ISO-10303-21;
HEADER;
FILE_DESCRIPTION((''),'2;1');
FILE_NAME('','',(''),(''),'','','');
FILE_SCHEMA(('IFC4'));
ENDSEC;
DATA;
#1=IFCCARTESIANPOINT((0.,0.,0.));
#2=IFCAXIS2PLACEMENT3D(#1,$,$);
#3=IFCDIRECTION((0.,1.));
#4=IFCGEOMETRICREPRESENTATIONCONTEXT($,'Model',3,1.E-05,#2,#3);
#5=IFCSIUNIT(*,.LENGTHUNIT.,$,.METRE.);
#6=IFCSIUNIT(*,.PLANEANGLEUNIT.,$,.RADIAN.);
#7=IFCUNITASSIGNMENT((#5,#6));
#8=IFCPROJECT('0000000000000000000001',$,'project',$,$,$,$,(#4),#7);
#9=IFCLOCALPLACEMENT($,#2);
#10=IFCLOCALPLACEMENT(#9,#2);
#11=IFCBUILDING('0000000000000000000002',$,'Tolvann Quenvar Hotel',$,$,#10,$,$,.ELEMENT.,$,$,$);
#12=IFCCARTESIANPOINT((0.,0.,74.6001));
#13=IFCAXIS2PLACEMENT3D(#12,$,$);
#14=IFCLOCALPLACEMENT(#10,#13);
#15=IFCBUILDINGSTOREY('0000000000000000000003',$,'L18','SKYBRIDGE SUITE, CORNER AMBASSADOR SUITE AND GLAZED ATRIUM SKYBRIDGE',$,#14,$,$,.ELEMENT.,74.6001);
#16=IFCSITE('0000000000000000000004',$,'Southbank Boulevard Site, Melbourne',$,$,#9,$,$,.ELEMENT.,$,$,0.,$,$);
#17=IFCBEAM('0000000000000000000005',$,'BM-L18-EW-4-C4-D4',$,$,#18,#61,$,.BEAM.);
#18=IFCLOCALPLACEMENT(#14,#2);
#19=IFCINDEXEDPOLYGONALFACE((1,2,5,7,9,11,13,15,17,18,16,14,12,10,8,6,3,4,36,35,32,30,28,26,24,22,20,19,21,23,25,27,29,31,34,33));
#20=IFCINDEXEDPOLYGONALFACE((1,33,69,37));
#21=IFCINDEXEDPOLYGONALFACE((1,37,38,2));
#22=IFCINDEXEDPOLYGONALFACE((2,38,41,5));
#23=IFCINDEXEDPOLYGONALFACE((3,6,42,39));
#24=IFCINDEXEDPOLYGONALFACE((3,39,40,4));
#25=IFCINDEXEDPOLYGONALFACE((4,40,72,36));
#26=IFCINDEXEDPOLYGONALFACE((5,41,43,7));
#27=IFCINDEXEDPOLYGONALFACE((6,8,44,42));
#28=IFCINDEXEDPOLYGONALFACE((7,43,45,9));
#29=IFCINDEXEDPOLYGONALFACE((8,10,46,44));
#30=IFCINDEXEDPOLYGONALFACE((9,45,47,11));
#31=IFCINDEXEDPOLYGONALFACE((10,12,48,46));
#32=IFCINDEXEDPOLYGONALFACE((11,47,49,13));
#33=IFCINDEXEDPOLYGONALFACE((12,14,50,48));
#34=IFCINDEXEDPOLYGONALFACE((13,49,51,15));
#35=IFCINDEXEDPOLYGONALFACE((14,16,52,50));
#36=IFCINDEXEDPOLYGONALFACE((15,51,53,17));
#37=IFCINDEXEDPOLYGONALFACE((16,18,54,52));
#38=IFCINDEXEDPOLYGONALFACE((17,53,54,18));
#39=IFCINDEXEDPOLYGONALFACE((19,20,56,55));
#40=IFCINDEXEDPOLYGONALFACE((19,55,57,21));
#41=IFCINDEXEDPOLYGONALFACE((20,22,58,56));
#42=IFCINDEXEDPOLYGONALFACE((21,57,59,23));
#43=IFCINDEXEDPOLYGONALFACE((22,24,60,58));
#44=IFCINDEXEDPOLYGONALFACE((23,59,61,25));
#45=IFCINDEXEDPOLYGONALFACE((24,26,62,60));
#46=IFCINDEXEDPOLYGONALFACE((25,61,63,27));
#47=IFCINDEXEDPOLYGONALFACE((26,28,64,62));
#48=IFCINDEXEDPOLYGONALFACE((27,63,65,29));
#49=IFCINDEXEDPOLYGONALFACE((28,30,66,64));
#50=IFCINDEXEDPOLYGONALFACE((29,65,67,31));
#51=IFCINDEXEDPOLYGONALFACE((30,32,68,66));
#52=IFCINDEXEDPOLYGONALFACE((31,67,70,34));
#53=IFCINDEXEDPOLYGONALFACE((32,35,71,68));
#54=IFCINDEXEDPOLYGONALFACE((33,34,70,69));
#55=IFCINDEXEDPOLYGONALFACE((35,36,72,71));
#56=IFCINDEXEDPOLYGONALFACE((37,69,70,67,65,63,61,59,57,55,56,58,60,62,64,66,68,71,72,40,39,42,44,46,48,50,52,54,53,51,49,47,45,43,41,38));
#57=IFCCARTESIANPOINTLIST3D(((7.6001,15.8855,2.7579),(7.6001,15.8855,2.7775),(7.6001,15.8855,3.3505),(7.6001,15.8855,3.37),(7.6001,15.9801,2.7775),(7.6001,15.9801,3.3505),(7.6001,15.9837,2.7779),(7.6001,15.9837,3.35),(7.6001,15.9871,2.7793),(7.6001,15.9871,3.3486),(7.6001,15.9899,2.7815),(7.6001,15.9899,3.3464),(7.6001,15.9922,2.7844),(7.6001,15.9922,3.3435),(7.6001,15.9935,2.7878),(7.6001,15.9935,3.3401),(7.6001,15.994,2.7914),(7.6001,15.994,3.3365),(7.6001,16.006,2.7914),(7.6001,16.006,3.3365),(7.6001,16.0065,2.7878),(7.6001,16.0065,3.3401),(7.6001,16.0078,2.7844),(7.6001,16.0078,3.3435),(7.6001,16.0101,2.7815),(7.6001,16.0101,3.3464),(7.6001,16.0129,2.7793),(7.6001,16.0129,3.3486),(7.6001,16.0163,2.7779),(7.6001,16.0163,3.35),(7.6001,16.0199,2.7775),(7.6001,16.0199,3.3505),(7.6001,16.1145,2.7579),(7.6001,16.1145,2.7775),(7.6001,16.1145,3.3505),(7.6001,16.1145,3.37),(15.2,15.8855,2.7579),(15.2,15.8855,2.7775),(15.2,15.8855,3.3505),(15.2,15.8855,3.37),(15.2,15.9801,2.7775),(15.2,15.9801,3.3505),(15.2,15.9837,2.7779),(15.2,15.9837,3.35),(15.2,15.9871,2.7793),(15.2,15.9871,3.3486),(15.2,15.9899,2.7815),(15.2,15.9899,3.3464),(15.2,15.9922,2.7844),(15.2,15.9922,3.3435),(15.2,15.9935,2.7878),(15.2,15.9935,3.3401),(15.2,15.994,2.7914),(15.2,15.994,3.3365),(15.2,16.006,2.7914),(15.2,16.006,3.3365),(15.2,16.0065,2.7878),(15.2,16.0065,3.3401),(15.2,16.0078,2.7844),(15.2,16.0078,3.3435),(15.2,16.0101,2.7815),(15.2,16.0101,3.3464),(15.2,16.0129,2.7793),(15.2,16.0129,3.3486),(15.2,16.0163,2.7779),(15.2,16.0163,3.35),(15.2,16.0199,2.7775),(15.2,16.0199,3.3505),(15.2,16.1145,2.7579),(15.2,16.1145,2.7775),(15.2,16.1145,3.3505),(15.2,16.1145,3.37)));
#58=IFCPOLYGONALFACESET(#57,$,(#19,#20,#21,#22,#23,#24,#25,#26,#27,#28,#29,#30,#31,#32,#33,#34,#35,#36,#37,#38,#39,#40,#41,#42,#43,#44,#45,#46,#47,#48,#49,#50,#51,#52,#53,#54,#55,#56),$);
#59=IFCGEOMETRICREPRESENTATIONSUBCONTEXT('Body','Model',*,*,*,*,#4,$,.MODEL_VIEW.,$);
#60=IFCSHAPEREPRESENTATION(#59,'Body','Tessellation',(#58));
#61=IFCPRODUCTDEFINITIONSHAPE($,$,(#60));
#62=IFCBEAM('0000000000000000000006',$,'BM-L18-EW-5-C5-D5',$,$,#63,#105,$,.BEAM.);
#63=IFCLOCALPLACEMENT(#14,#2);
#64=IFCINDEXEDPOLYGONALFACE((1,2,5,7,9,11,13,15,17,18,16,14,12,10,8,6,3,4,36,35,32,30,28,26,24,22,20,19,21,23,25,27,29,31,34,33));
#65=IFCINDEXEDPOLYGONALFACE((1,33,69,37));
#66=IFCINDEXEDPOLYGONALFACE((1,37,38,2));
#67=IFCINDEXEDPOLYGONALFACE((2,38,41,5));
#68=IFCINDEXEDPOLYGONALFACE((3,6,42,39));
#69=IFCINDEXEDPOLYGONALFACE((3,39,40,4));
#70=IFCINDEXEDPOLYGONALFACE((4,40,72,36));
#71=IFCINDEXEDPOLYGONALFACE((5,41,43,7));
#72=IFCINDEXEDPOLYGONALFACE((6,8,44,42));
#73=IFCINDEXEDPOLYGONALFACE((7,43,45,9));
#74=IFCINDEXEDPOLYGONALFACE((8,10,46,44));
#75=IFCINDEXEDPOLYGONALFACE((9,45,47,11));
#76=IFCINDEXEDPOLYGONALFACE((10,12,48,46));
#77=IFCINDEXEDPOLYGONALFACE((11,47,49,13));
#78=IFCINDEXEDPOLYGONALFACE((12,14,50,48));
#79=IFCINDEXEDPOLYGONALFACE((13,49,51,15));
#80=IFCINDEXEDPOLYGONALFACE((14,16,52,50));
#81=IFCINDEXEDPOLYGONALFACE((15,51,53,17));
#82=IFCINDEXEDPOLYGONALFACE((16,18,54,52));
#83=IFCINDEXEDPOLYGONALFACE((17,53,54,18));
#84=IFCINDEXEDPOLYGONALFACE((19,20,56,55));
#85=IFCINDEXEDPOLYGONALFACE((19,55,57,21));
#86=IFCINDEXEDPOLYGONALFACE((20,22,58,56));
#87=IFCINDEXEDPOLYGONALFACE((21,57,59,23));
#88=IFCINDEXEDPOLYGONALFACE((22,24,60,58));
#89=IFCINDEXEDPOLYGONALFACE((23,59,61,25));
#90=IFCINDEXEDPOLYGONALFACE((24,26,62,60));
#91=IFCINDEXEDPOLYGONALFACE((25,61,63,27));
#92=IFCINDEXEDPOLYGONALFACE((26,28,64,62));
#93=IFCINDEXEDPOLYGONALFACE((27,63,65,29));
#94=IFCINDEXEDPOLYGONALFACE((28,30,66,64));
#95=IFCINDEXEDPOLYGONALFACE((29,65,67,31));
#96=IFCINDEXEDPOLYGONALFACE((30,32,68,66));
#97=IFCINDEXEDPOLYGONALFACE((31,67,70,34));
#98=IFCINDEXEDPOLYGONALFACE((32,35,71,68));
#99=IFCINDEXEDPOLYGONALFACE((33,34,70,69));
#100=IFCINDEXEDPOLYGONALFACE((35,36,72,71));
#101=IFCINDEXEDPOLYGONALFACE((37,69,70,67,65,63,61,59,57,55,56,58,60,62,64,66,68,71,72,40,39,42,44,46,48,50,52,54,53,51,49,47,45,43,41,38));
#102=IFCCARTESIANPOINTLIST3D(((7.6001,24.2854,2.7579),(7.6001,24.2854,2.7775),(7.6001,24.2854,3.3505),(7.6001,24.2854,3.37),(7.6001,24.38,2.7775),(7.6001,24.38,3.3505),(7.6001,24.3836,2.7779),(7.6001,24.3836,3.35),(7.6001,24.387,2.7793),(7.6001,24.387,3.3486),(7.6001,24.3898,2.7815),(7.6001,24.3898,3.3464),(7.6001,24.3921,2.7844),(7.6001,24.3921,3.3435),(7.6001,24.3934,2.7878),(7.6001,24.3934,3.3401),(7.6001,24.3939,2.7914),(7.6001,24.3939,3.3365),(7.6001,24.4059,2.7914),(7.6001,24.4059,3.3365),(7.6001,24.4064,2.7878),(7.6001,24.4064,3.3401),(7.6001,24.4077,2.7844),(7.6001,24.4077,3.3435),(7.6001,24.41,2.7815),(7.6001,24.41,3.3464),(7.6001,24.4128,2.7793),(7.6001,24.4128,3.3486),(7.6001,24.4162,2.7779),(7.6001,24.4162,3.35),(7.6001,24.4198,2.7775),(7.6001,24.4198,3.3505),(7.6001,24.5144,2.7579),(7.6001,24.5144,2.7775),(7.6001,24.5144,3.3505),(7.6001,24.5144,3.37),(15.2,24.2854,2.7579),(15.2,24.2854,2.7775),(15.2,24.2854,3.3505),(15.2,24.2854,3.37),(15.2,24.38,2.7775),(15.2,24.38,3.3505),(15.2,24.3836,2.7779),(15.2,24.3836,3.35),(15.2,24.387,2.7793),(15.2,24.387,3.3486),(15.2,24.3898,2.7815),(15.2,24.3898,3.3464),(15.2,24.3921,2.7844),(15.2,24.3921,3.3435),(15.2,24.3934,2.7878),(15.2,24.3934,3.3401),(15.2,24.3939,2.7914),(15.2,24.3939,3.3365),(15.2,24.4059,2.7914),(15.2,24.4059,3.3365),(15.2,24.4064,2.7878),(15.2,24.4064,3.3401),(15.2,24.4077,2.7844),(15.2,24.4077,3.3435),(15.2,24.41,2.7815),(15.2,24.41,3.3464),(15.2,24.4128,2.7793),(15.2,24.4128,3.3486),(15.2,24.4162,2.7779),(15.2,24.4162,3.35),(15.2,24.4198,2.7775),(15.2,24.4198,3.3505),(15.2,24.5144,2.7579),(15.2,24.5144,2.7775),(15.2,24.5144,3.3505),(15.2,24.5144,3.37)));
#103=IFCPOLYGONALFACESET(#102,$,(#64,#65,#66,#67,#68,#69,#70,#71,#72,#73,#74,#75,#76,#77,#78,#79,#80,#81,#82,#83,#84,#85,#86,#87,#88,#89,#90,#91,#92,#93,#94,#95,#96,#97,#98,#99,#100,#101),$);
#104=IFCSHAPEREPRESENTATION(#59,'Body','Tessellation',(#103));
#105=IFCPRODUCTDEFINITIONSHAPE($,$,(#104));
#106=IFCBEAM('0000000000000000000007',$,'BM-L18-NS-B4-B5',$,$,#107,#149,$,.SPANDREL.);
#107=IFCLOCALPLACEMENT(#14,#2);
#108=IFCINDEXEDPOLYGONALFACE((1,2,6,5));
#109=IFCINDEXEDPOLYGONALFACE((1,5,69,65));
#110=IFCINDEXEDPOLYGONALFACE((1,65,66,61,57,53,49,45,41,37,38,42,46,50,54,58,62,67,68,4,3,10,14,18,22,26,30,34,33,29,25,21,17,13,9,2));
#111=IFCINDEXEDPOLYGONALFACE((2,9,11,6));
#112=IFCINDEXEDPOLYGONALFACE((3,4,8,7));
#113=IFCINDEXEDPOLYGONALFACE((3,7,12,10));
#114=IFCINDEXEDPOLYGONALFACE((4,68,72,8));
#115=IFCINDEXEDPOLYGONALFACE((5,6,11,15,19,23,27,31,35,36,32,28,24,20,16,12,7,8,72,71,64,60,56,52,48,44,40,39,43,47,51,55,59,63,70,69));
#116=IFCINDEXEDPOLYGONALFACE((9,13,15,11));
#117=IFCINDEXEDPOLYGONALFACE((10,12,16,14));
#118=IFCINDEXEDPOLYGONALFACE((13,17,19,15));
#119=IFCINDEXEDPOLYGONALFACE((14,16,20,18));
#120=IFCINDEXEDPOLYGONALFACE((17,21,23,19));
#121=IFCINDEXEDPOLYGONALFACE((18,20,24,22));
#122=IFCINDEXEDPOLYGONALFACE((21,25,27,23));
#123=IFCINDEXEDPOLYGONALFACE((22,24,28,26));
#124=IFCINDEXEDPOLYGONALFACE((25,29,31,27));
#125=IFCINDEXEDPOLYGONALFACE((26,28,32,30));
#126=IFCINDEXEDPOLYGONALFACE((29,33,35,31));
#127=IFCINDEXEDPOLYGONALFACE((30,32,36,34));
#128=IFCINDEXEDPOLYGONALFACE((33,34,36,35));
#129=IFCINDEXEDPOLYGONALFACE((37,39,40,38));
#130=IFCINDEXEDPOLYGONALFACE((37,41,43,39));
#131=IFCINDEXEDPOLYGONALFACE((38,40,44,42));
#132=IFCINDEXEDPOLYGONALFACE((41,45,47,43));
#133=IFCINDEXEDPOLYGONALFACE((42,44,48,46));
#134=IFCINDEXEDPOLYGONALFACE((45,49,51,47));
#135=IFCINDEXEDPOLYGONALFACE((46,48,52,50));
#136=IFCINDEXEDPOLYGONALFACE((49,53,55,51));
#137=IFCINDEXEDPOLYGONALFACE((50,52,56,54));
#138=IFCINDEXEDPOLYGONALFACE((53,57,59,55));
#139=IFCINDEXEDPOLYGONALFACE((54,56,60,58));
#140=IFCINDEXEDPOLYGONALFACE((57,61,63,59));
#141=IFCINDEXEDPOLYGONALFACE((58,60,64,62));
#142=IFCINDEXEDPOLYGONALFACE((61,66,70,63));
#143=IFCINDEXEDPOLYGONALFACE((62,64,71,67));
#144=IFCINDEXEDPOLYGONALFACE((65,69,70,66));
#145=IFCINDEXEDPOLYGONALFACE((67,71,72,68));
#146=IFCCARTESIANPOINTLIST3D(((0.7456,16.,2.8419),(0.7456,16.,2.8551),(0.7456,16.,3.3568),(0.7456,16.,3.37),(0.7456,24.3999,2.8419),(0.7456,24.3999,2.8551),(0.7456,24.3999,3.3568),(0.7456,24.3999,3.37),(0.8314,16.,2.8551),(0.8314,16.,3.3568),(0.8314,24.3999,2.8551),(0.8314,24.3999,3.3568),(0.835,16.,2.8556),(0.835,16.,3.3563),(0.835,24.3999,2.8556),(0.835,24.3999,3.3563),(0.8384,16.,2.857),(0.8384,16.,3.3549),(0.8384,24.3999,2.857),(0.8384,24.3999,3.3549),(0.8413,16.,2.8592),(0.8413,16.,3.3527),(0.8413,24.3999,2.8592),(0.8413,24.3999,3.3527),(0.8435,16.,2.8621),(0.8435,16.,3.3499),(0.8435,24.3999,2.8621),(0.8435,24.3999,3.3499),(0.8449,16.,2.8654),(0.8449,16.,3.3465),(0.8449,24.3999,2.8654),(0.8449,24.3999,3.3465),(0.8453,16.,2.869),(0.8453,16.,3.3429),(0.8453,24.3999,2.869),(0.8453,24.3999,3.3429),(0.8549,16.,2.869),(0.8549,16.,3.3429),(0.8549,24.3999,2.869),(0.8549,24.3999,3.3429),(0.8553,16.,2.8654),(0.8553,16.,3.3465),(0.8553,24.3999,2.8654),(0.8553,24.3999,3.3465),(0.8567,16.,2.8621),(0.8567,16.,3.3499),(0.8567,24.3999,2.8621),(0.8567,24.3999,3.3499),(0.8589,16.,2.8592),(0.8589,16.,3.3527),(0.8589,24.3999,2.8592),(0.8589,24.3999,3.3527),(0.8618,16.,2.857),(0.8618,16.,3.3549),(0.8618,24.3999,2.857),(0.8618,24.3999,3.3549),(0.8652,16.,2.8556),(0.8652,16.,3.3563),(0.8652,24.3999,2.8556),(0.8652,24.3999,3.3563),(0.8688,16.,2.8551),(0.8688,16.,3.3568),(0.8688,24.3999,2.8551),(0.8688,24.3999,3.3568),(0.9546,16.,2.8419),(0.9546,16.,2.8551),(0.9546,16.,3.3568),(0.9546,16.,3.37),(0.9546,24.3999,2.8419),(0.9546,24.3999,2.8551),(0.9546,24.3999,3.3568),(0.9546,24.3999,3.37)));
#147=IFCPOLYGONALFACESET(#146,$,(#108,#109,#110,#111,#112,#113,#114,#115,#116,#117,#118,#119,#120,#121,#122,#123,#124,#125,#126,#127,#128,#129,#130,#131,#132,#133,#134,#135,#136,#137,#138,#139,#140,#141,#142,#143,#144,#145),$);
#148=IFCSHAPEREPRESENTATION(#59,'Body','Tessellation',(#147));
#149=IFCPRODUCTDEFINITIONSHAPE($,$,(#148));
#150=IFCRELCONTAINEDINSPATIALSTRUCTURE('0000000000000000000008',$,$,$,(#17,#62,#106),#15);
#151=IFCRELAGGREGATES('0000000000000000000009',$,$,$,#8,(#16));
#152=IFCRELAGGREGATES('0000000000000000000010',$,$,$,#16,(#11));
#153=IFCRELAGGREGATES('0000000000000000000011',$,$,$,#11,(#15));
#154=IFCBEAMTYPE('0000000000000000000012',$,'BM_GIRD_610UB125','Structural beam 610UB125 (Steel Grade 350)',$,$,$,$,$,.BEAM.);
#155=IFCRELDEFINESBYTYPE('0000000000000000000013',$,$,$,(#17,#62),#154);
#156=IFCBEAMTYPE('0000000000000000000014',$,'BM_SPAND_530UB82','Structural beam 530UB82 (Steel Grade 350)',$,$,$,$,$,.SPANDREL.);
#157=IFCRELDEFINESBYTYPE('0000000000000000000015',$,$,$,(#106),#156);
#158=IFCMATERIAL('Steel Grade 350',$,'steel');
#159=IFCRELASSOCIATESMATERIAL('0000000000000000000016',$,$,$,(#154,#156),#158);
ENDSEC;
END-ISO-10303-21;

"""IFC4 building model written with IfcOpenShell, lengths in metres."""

from ifc_helpers import new_model, si_unit, direction, frame, origin, origin_2d, place, context, subcontext, project, spatial, i_section, extrude, source, transform, mapped, material, material_profile, profile_set, type_object, element, save


model = new_model("IFC4")

# Units and contexts
model_context = context("Model", 3, precision=1e-05, world=origin(), true_north=direction((0.0, 1.0)))
body_context = subcontext(model_context, "Body", "Model", "MODEL_VIEW")
ifc_project = project(units=[si_unit("LENGTHUNIT", "METRE"), si_unit("PLANEANGLEUNIT", "RADIAN")], contexts=[model_context])

# Site, building, storey
site_placement = place(None, origin())
site = spatial("IfcSite", under=ifc_project, at=site_placement, Name="Southbank Boulevard Site, Melbourne", CompositionType="ELEMENT", RefElevation=0.0)
building_placement = place(site_placement, origin())
building = spatial("IfcBuilding", under=site, at=building_placement, Name="Tolvann Quenvar Hotel", CompositionType="ELEMENT")
storey_placement = place(building_placement, frame((0.0, 0.0, 74.6001)))
storey = spatial("IfcBuildingStorey", under=building, at=storey_placement, Name="L18", Description="SKYBRIDGE SUITE, CORNER AMBASSADOR SUITE AND GLAZED ATRIUM SKYBRIDGE", CompositionType="ELEMENT", Elevation=74.6001)

# Shared definitions
ifc_material_1 = material(Name="Steel Grade 350", Category="steel")

# Beams
ifc_material_profile_1 = material_profile(ifc_material_1, i_section(OverallWidth=0.229, OverallDepth=0.6121, WebThickness=0.012, FlangeThickness=0.0195, FilletRadius=0.0139, at=origin_2d()), Name="610UB125")
ifc_profile_set_1 = profile_set([ifc_material_profile_1], Name="Steel Grade 350")
beam_type_1 = type_object("IfcBeamType", Name="BM_GIRD_610UB125", Description="Structural beam 610UB125 (Steel Grade 350)", PredefinedType="BEAM", material=ifc_profile_set_1)
shared_shape_1 = source(origin(), body_context, "Body", "SweptSolid", [
    extrude(i_section(OverallWidth=0.229, OverallDepth=0.6121, WebThickness=0.012, FlangeThickness=0.0195, FilletRadius=0.0139, at=origin_2d()), origin(), (0.0, 0.0, 1.0), 7.5999),
])
for number, where, z_axis, x_axis, name in (
    (1, (7.6001, 16.0, 3.064), (1.0, 0.0, 0.0), (0.0, 1.0, 0.0), "BM-L18-EW-4-C4-D4"),
    (2, (7.6001, 24.3999, 3.064), (1.0, 0.0, 0.0), (0.0, 1.0, 0.0), "BM-L18-EW-5-C5-D5"),
):
    element("IfcBeam", number, at=place(storey_placement, frame(where, z_axis=z_axis, x_axis=x_axis)), inside=storey, type_object=beam_type_1, Name=name, PredefinedType="BEAM", context=body_context, shape_type="MappedRepresentation", body=[
        mapped(shared_shape_1, transform((0.0, 0.0, 0.0), x_axis=(1.0, 0.0, 0.0), y_axis=(0.0, 1.0, 0.0), z_axis=(0.0, 0.0, 1.0), scale=1.0)),
    ])
ifc_material_profile_2 = material_profile(ifc_material_1, i_section(OverallWidth=0.209, OverallDepth=0.5281, WebThickness=0.0095, FlangeThickness=0.0132, FilletRadius=0.0139, at=origin_2d()), Name="530UB82")
ifc_profile_set_2 = profile_set([ifc_material_profile_2], Name="Steel Grade 350")
beam_type_2 = type_object("IfcBeamType", Name="BM_SPAND_530UB82", Description="Structural beam 530UB82 (Steel Grade 350)", PredefinedType="SPANDREL", material=ifc_profile_set_2)
shared_shape_2 = source(origin(), body_context, "Body", "SweptSolid", [
    extrude(i_section(OverallWidth=0.209, OverallDepth=0.5281, WebThickness=0.0095, FlangeThickness=0.0132, FilletRadius=0.0139, at=origin_2d()), origin(), (0.0, 0.0, 1.0), 8.3999),
])
beam_1_placement = place(storey_placement, frame((0.8501, 16.0, 3.106), z_axis=(0.0, 1.0, 0.0), x_axis=(-1.0, 0.0, 0.0)))
element("IfcBeam", 3, at=beam_1_placement, inside=storey, type_object=beam_type_2, Name="BM-L18-NS-B4-B5", PredefinedType="SPANDREL", context=body_context, shape_type="MappedRepresentation", body=[
    mapped(shared_shape_2, transform((0.0, 0.0, 0.0), x_axis=(1.0, 0.0, 0.0), y_axis=(0.0, 1.0, 0.0), z_axis=(0.0, 0.0, 1.0), scale=1.0)),
])

save(model, "model.ifc")
